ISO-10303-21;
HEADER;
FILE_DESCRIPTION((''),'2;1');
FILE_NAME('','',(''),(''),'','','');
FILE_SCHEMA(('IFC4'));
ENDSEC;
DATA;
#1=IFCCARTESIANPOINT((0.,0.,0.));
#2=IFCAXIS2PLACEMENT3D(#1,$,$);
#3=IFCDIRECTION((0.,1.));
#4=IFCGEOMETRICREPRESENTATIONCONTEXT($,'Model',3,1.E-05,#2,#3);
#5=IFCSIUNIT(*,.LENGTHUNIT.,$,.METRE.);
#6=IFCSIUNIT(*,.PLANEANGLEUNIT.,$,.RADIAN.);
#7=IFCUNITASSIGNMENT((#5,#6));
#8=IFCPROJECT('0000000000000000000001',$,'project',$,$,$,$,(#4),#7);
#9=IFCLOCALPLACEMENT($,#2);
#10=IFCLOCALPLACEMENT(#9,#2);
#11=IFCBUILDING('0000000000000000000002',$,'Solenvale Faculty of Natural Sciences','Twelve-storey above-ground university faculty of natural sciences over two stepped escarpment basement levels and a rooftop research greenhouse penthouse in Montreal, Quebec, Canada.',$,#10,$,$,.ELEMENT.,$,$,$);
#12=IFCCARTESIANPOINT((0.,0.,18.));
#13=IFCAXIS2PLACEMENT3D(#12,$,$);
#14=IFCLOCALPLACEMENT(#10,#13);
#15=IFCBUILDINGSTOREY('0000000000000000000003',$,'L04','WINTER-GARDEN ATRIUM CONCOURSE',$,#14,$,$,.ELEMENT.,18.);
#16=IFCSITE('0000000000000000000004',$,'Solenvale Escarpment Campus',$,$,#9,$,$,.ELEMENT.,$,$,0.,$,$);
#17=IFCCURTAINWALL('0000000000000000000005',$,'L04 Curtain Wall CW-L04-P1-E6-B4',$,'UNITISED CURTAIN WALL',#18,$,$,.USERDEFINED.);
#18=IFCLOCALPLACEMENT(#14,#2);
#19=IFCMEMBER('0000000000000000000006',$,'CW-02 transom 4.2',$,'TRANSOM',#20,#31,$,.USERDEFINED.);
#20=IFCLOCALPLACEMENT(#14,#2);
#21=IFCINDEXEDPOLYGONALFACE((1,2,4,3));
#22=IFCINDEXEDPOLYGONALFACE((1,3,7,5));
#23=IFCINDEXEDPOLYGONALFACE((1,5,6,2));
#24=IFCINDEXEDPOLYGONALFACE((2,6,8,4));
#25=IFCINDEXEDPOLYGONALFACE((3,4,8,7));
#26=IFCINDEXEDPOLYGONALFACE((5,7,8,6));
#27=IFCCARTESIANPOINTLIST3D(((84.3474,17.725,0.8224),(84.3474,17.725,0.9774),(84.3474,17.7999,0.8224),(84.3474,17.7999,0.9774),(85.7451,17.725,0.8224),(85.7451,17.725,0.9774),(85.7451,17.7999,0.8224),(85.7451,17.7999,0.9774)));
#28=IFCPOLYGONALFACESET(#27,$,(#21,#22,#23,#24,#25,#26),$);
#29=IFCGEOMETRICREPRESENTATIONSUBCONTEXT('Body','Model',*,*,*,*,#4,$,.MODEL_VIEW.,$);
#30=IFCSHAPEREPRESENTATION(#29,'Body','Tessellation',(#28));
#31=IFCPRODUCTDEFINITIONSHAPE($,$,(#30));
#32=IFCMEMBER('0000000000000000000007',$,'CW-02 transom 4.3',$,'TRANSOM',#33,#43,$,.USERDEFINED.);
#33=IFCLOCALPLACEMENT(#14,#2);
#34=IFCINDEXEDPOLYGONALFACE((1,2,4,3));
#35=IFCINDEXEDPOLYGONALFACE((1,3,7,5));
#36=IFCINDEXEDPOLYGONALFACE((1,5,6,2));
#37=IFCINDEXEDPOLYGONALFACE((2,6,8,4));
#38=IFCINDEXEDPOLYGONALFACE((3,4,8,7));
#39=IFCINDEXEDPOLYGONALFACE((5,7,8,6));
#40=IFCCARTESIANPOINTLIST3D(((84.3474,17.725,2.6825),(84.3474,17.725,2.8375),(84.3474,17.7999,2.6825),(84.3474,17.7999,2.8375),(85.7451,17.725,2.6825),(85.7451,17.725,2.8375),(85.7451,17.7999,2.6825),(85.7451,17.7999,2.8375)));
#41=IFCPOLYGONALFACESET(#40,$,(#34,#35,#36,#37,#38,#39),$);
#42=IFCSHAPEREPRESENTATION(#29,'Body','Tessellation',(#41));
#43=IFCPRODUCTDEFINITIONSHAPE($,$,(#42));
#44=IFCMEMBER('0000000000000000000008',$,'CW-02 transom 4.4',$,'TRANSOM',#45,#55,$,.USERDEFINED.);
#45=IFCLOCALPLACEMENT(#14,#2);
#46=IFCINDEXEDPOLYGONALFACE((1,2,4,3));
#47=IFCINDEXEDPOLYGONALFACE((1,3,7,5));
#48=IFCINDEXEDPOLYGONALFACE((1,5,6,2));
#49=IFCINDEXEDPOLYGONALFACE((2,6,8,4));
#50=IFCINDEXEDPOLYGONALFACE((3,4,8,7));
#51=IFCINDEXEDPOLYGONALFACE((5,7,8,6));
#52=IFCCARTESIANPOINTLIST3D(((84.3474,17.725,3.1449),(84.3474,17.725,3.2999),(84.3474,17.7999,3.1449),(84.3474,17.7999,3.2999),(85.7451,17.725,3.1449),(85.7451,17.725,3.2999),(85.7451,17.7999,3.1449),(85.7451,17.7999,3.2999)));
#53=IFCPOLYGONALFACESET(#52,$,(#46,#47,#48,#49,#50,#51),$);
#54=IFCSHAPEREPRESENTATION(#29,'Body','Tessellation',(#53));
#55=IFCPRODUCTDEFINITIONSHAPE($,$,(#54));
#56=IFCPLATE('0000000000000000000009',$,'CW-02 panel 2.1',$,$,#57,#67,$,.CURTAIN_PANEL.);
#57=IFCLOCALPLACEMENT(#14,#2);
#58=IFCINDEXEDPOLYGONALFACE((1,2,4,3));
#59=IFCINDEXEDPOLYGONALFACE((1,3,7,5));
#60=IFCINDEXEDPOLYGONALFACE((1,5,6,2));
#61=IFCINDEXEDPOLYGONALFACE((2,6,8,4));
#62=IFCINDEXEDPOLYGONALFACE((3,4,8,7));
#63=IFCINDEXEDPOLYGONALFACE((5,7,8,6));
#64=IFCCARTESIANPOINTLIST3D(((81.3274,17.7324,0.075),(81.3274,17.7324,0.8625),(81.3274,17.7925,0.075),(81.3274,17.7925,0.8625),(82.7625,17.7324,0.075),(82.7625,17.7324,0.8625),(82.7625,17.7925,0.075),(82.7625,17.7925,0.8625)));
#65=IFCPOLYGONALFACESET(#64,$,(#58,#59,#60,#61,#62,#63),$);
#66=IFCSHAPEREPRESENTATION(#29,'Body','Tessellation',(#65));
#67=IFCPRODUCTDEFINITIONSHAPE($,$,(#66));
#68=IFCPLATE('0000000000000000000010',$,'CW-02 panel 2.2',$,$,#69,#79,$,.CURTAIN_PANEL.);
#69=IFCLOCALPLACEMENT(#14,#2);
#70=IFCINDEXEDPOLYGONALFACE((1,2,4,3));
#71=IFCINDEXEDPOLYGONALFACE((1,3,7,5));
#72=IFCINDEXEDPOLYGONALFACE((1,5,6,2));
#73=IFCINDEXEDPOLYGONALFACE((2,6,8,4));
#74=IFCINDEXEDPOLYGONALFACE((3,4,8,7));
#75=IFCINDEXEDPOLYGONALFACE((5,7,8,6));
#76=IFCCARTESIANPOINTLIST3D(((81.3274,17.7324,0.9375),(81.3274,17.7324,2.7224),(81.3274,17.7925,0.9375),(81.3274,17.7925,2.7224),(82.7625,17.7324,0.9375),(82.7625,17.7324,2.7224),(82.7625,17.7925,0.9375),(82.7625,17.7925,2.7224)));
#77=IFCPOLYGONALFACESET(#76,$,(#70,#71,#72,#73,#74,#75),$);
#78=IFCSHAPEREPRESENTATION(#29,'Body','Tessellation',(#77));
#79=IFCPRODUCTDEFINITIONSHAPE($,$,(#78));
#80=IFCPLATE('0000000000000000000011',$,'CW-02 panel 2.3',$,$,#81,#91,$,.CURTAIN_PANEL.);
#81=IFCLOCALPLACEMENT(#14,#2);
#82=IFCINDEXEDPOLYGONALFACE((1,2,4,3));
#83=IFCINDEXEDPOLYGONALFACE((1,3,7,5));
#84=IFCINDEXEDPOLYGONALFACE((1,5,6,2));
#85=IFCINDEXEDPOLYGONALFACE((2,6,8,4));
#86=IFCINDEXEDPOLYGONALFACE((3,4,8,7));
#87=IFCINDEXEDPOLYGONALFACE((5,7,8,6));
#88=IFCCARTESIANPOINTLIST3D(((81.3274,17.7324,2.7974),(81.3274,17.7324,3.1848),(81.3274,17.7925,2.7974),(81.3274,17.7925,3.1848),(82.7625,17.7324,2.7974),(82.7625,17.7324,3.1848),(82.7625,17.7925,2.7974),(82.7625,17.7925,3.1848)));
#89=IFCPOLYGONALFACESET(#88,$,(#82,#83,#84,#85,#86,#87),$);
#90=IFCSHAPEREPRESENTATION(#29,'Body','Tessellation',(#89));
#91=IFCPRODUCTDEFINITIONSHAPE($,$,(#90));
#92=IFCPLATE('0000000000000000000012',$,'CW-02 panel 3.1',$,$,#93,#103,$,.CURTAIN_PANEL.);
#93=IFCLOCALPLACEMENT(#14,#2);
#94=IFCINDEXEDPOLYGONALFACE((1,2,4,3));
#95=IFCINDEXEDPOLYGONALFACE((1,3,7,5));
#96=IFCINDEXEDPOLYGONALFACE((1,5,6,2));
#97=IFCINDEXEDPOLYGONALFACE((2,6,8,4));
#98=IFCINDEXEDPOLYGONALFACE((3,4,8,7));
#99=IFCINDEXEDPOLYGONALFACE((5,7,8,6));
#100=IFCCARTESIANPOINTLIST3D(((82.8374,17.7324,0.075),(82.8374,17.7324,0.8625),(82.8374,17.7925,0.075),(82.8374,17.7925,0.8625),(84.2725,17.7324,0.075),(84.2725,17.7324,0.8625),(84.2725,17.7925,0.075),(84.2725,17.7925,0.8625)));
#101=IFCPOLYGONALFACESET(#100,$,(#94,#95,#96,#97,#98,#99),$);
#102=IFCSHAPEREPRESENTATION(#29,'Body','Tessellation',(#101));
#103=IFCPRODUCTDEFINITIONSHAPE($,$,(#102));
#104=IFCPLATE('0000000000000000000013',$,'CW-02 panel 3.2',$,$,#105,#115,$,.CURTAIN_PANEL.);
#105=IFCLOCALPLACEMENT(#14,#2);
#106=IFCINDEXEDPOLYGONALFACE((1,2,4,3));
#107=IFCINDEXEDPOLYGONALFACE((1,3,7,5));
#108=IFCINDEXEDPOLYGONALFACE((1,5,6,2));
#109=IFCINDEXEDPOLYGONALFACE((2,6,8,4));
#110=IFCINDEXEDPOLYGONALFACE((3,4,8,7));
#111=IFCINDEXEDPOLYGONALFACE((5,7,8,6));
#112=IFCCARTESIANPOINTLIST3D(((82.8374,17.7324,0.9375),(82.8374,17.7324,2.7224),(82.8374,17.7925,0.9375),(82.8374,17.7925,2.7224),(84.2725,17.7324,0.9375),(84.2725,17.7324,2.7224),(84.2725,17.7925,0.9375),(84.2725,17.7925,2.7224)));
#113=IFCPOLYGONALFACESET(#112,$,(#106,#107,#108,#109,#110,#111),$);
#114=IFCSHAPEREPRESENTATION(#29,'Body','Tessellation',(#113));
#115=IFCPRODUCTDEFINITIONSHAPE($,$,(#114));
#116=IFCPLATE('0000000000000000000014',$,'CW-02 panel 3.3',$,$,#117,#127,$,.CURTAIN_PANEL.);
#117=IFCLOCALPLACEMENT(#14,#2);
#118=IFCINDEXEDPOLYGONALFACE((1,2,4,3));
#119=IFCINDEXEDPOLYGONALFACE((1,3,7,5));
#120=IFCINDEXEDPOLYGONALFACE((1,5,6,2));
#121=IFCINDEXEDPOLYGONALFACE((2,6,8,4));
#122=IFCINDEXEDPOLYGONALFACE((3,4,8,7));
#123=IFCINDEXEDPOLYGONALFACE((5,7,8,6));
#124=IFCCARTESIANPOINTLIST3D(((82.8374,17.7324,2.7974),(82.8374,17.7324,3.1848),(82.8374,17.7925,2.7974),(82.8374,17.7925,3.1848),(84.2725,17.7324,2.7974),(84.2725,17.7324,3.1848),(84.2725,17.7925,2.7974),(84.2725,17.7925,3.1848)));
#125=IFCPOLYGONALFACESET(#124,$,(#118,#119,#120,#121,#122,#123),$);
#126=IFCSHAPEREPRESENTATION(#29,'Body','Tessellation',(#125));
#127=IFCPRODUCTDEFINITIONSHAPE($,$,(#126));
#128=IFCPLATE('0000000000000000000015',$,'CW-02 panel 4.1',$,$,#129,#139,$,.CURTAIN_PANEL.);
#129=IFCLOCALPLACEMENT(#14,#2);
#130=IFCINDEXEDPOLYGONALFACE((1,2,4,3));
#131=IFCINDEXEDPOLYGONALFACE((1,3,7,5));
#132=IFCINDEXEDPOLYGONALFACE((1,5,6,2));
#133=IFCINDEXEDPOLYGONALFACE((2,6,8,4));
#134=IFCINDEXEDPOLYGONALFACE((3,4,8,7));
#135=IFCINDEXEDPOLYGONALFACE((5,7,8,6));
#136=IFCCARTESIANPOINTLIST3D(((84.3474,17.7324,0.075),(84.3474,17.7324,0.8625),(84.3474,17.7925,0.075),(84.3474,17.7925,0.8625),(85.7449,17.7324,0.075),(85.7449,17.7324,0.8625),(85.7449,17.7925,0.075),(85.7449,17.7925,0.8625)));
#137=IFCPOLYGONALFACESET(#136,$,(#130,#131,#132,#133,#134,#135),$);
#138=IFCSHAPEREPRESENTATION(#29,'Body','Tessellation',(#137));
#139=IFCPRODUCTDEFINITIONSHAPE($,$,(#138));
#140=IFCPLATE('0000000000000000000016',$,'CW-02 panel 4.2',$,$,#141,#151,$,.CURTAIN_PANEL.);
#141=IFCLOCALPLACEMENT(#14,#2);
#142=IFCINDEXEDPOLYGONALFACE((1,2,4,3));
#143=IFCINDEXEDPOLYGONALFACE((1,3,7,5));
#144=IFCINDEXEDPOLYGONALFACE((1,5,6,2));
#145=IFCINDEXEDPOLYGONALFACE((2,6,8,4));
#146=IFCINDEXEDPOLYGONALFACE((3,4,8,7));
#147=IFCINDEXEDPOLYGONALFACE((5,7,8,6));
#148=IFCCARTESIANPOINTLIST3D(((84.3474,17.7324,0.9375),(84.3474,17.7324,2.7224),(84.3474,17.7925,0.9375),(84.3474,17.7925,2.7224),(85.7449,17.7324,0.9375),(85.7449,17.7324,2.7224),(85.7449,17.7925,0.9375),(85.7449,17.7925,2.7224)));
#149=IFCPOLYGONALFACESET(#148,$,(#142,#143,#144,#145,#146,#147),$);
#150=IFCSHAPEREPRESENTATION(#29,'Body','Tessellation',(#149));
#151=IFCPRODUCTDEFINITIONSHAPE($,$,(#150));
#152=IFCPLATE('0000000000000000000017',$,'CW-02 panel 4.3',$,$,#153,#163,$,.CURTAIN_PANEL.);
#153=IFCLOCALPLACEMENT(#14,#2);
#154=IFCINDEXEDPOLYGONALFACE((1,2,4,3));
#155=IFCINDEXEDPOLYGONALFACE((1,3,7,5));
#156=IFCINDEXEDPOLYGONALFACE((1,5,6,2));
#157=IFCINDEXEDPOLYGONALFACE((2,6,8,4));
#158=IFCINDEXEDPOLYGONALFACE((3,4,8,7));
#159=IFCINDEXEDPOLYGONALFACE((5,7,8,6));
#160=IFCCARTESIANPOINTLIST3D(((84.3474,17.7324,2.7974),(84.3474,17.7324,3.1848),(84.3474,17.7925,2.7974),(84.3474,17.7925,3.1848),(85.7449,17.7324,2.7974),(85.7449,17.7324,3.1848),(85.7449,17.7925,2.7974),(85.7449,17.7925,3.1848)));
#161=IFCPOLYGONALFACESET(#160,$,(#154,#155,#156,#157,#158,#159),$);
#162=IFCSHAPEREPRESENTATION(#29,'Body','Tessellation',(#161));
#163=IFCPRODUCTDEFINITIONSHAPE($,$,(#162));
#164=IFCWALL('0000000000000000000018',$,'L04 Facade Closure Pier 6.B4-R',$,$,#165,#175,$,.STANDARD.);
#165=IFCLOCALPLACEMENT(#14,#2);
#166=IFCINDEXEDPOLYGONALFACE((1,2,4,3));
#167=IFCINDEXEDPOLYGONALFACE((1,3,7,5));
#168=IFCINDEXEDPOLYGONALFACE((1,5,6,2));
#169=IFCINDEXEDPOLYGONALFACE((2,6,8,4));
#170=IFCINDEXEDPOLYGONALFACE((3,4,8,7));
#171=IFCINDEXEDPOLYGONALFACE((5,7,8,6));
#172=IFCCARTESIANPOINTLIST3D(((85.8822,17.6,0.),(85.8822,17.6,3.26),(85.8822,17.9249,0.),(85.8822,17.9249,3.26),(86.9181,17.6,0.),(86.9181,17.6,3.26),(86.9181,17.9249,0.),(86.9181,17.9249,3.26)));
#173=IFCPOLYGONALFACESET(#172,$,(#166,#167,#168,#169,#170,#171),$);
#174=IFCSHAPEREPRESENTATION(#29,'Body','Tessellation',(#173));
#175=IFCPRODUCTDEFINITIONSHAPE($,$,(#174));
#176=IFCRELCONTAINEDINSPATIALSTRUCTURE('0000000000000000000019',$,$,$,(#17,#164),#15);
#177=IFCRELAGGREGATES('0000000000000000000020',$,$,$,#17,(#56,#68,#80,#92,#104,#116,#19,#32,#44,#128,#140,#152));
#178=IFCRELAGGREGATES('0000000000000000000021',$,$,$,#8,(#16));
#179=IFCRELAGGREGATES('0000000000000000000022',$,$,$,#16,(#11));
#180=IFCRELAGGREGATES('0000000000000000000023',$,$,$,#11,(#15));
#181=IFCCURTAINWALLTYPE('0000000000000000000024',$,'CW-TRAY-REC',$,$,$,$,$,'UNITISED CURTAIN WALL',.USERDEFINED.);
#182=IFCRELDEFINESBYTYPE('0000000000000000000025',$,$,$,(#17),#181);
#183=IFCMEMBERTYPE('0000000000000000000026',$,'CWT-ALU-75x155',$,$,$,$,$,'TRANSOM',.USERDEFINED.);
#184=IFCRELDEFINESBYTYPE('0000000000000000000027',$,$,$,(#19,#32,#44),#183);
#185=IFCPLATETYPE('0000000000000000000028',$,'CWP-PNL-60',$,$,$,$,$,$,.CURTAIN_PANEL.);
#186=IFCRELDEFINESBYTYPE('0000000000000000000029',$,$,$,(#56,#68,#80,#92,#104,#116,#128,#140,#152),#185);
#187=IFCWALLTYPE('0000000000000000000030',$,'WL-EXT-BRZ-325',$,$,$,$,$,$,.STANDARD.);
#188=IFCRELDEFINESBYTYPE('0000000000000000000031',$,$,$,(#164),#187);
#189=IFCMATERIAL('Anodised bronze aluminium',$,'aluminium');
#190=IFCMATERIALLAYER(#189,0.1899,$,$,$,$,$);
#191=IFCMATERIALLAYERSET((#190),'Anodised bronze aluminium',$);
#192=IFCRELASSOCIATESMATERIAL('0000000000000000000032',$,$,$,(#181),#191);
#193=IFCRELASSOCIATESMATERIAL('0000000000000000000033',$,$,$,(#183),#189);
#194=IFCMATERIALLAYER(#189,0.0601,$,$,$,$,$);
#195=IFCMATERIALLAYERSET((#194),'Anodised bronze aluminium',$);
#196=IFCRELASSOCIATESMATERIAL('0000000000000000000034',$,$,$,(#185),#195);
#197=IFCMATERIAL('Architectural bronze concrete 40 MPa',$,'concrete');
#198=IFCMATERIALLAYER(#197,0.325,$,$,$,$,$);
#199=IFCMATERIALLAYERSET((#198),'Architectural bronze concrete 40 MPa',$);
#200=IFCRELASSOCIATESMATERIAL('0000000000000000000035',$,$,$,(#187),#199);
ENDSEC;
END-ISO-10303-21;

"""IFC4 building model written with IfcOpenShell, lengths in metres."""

from ifc_helpers import new_model, si_unit, direction, frame, frame_2d, origin, origin_2d, place, context, subcontext, project, spatial, rectangle, extrude, material, layer, layer_set, material_profile, profile_set, type_object, element, aggregate, save


model = new_model("IFC4")

# Units and contexts
model_context = context("Model", 3, precision=1e-05, world=origin(), true_north=direction((0.0, 1.0)))
body_context = subcontext(model_context, "Body", "Model", "MODEL_VIEW")
ifc_project = project(units=[si_unit("LENGTHUNIT", "METRE"), si_unit("PLANEANGLEUNIT", "RADIAN")], contexts=[model_context])

# Site, building, storey
site_placement = place(None, origin())
site = spatial("IfcSite", under=ifc_project, at=site_placement, Name="Solenvale Escarpment Campus", CompositionType="ELEMENT", RefElevation=0.0)
building_placement = place(site_placement, origin())
building = spatial("IfcBuilding", under=site, at=building_placement, Name="Solenvale Faculty of Natural Sciences", Description="Twelve-storey above-ground university faculty of natural sciences over two stepped escarpment basement levels and a rooftop research greenhouse penthouse in Montreal, Quebec, Canada.", CompositionType="ELEMENT")
storey_placement = place(building_placement, frame((0.0, 0.0, 18.0)))
storey = spatial("IfcBuildingStorey", under=building, at=storey_placement, Name="L04", Description="WINTER-GARDEN ATRIUM CONCOURSE", CompositionType="ELEMENT", Elevation=18.0)

# Curtain wall, members, plates
ifc_material_1 = material(Name="Anodised bronze aluminium", Category="aluminium")
ifc_layer_1 = layer(ifc_material_1, 0.1899)
ifc_layer_set_1 = layer_set([ifc_layer_1], Name="Anodised bronze aluminium")
curtain_wall_type = type_object("IfcCurtainWallType", Name="CW-TRAY-REC", ElementType="UNITISED CURTAIN WALL", PredefinedType="USERDEFINED", material=ifc_layer_set_1)
curtain_wall_placement = place(storey_placement, origin())
curtain_wall = element("IfcCurtainWall", 1, at=curtain_wall_placement, inside=storey, type_object=curtain_wall_type, Name="L04 Curtain Wall CW-L04-P1-E6-B4", ObjectType="UNITISED CURTAIN WALL", PredefinedType="USERDEFINED")
ifc_material_profile_1 = material_profile(ifc_material_1, rectangle(XDim=0.075, YDim=0.155, at=origin_2d()), Name="ALU-TRN-75x155")
ifc_profile_set_1 = profile_set([ifc_material_profile_1], Name="Anodised bronze aluminium")
member_type_1 = type_object("IfcMemberType", Name="CWT-ALU-75x155", ElementType="TRANSOM", PredefinedType="USERDEFINED", material=ifc_profile_set_1)
member_1_placement = place(storey_placement, frame((84.3474, 17.7625, 0.8999), z_axis=(1.0, 0.0, 0.0), x_axis=(0.0, 1.0, 0.0)))
member_1 = element("IfcMember", 2, at=member_1_placement, type_object=member_type_1, Name="CW-02 transom 4.2", ObjectType="TRANSOM", PredefinedType="USERDEFINED", context=body_context, shape_type="SweptSolid", body=[
    extrude(rectangle(XDim=0.075, YDim=0.155, at=origin_2d()), origin(), (0.0, 0.0, 1.0), 1.3977),
])
member_2_placement = place(storey_placement, frame((84.3474, 17.7625, 2.76), z_axis=(1.0, 0.0, 0.0), x_axis=(0.0, 1.0, 0.0)))
member_2 = element("IfcMember", 3, at=member_2_placement, type_object=member_type_1, Name="CW-02 transom 4.3", ObjectType="TRANSOM", PredefinedType="USERDEFINED", context=body_context, shape_type="SweptSolid", body=[
    extrude(rectangle(XDim=0.075, YDim=0.155, at=origin_2d()), origin(), (0.0, 0.0, 1.0), 1.3977),
])
member_3_placement = place(storey_placement, frame((84.3474, 17.7625, 3.2224), z_axis=(1.0, 0.0, 0.0), x_axis=(0.0, 1.0, 0.0)))
member_3 = element("IfcMember", 4, at=member_3_placement, type_object=member_type_1, Name="CW-02 transom 4.4", ObjectType="TRANSOM", PredefinedType="USERDEFINED", context=body_context, shape_type="SweptSolid", body=[
    extrude(rectangle(XDim=0.075, YDim=0.155, at=origin_2d()), origin(), (0.0, 0.0, 1.0), 1.3977),
])
ifc_layer_2 = layer(ifc_material_1, 0.0601)
ifc_layer_set_2 = layer_set([ifc_layer_2], Name="Anodised bronze aluminium")
plate_type = type_object("IfcPlateType", Name="CWP-PNL-60", PredefinedType="CURTAIN_PANEL", material=ifc_layer_set_2)
plate_1_placement = place(storey_placement, frame((82.0449, 17.7625, 0.075), z_axis=(0.0, 0.0, 1.0), x_axis=(1.0, 0.0, 0.0)))
plate_1 = element("IfcPlate", 5, at=plate_1_placement, type_object=plate_type, Name="CW-02 panel 2.1", PredefinedType="CURTAIN_PANEL", context=body_context, shape_type="SweptSolid", body=[
    extrude(rectangle(XDim=1.4351, YDim=0.0601, at=origin_2d()), origin(), (0.0, 0.0, 1.0), 0.7876),
])
plate_2_placement = place(storey_placement, frame((82.0449, 17.7625, 0.9375), z_axis=(0.0, 0.0, 1.0), x_axis=(1.0, 0.0, 0.0)))
plate_2 = element("IfcPlate", 6, at=plate_2_placement, type_object=plate_type, Name="CW-02 panel 2.2", PredefinedType="CURTAIN_PANEL", context=body_context, shape_type="SweptSolid", body=[
    extrude(rectangle(XDim=1.4351, YDim=0.0601, at=origin_2d()), origin(), (0.0, 0.0, 1.0), 1.7849),
])
plate_3_placement = place(storey_placement, frame((82.0449, 17.7625, 2.7974), z_axis=(0.0, 0.0, 1.0), x_axis=(1.0, 0.0, 0.0)))
plate_3 = element("IfcPlate", 7, at=plate_3_placement, type_object=plate_type, Name="CW-02 panel 2.3", PredefinedType="CURTAIN_PANEL", context=body_context, shape_type="SweptSolid", body=[
    extrude(rectangle(XDim=1.4351, YDim=0.0601, at=origin_2d()), origin(), (0.0, 0.0, 1.0), 0.3875),
])
plate_4_placement = place(storey_placement, frame((83.5549, 17.7625, 0.075), z_axis=(0.0, 0.0, 1.0), x_axis=(1.0, 0.0, 0.0)))
plate_4 = element("IfcPlate", 8, at=plate_4_placement, type_object=plate_type, Name="CW-02 panel 3.1", PredefinedType="CURTAIN_PANEL", context=body_context, shape_type="SweptSolid", body=[
    extrude(rectangle(XDim=1.4351, YDim=0.0601, at=origin_2d()), origin(), (0.0, 0.0, 1.0), 0.7876),
])
plate_5_placement = place(storey_placement, frame((83.5549, 17.7625, 0.9375), z_axis=(0.0, 0.0, 1.0), x_axis=(1.0, 0.0, 0.0)))
plate_5 = element("IfcPlate", 9, at=plate_5_placement, type_object=plate_type, Name="CW-02 panel 3.2", PredefinedType="CURTAIN_PANEL", context=body_context, shape_type="SweptSolid", body=[
    extrude(rectangle(XDim=1.4351, YDim=0.0601, at=origin_2d()), origin(), (0.0, 0.0, 1.0), 1.7849),
])
plate_6_placement = place(storey_placement, frame((83.5549, 17.7625, 2.7974), z_axis=(0.0, 0.0, 1.0), x_axis=(1.0, 0.0, 0.0)))
plate_6 = element("IfcPlate", 10, at=plate_6_placement, type_object=plate_type, Name="CW-02 panel 3.3", PredefinedType="CURTAIN_PANEL", context=body_context, shape_type="SweptSolid", body=[
    extrude(rectangle(XDim=1.4351, YDim=0.0601, at=origin_2d()), origin(), (0.0, 0.0, 1.0), 0.3875),
])
plate_7_placement = place(storey_placement, frame((85.0461, 17.7625, 0.075), z_axis=(0.0, 0.0, 1.0), x_axis=(1.0, 0.0, 0.0)))
plate_7 = element("IfcPlate", 11, at=plate_7_placement, type_object=plate_type, Name="CW-02 panel 4.1", PredefinedType="CURTAIN_PANEL", context=body_context, shape_type="SweptSolid", body=[
    extrude(rectangle(XDim=1.3975, YDim=0.0601, at=origin_2d()), origin(), (0.0, 0.0, 1.0), 0.7876),
])
plate_8_placement = place(storey_placement, frame((85.0461, 17.7625, 0.9375), z_axis=(0.0, 0.0, 1.0), x_axis=(1.0, 0.0, 0.0)))
plate_8 = element("IfcPlate", 12, at=plate_8_placement, type_object=plate_type, Name="CW-02 panel 4.2", PredefinedType="CURTAIN_PANEL", context=body_context, shape_type="SweptSolid", body=[
    extrude(rectangle(XDim=1.3975, YDim=0.0601, at=origin_2d()), origin(), (0.0, 0.0, 1.0), 1.7849),
])
plate_9_placement = place(storey_placement, frame((85.0461, 17.7625, 2.7974), z_axis=(0.0, 0.0, 1.0), x_axis=(1.0, 0.0, 0.0)))
plate_9 = element("IfcPlate", 13, at=plate_9_placement, type_object=plate_type, Name="CW-02 panel 4.3", PredefinedType="CURTAIN_PANEL", context=body_context, shape_type="SweptSolid", body=[
    extrude(rectangle(XDim=1.3975, YDim=0.0601, at=origin_2d()), origin(), (0.0, 0.0, 1.0), 0.3875),
])
aggregate(curtain_wall, [plate_1, plate_2, plate_3, plate_4, plate_5, plate_6, member_1, member_2, member_3, plate_7, plate_8, plate_9])

# Wall
ifc_material_2 = material(Name="Architectural bronze concrete 40 MPa", Category="concrete")
ifc_layer_3 = layer(ifc_material_2, 0.325)
ifc_layer_set_3 = layer_set([ifc_layer_3], Name="Architectural bronze concrete 40 MPa")
wall_type = type_object("IfcWallType", Name="WL-EXT-BRZ-325", PredefinedType="STANDARD", material=ifc_layer_set_3)
wall_placement = place(storey_placement, frame((85.8821, 17.7625, 0.0), z_axis=(0.0, 0.0, 1.0), x_axis=(1.0, 0.0, 0.0)))
element("IfcWall", 14, at=wall_placement, inside=storey, type_object=wall_type, Name="L04 Facade Closure Pier 6.B4-R", PredefinedType="STANDARD", context=body_context, shape_type="SweptSolid", body=[
    extrude(rectangle(XDim=1.0359, YDim=0.325, at=frame_2d((0.5181, 0.0))), origin(), (0.0, 0.0, 1.0), 3.26),
])

save(model, "model.ifc")
